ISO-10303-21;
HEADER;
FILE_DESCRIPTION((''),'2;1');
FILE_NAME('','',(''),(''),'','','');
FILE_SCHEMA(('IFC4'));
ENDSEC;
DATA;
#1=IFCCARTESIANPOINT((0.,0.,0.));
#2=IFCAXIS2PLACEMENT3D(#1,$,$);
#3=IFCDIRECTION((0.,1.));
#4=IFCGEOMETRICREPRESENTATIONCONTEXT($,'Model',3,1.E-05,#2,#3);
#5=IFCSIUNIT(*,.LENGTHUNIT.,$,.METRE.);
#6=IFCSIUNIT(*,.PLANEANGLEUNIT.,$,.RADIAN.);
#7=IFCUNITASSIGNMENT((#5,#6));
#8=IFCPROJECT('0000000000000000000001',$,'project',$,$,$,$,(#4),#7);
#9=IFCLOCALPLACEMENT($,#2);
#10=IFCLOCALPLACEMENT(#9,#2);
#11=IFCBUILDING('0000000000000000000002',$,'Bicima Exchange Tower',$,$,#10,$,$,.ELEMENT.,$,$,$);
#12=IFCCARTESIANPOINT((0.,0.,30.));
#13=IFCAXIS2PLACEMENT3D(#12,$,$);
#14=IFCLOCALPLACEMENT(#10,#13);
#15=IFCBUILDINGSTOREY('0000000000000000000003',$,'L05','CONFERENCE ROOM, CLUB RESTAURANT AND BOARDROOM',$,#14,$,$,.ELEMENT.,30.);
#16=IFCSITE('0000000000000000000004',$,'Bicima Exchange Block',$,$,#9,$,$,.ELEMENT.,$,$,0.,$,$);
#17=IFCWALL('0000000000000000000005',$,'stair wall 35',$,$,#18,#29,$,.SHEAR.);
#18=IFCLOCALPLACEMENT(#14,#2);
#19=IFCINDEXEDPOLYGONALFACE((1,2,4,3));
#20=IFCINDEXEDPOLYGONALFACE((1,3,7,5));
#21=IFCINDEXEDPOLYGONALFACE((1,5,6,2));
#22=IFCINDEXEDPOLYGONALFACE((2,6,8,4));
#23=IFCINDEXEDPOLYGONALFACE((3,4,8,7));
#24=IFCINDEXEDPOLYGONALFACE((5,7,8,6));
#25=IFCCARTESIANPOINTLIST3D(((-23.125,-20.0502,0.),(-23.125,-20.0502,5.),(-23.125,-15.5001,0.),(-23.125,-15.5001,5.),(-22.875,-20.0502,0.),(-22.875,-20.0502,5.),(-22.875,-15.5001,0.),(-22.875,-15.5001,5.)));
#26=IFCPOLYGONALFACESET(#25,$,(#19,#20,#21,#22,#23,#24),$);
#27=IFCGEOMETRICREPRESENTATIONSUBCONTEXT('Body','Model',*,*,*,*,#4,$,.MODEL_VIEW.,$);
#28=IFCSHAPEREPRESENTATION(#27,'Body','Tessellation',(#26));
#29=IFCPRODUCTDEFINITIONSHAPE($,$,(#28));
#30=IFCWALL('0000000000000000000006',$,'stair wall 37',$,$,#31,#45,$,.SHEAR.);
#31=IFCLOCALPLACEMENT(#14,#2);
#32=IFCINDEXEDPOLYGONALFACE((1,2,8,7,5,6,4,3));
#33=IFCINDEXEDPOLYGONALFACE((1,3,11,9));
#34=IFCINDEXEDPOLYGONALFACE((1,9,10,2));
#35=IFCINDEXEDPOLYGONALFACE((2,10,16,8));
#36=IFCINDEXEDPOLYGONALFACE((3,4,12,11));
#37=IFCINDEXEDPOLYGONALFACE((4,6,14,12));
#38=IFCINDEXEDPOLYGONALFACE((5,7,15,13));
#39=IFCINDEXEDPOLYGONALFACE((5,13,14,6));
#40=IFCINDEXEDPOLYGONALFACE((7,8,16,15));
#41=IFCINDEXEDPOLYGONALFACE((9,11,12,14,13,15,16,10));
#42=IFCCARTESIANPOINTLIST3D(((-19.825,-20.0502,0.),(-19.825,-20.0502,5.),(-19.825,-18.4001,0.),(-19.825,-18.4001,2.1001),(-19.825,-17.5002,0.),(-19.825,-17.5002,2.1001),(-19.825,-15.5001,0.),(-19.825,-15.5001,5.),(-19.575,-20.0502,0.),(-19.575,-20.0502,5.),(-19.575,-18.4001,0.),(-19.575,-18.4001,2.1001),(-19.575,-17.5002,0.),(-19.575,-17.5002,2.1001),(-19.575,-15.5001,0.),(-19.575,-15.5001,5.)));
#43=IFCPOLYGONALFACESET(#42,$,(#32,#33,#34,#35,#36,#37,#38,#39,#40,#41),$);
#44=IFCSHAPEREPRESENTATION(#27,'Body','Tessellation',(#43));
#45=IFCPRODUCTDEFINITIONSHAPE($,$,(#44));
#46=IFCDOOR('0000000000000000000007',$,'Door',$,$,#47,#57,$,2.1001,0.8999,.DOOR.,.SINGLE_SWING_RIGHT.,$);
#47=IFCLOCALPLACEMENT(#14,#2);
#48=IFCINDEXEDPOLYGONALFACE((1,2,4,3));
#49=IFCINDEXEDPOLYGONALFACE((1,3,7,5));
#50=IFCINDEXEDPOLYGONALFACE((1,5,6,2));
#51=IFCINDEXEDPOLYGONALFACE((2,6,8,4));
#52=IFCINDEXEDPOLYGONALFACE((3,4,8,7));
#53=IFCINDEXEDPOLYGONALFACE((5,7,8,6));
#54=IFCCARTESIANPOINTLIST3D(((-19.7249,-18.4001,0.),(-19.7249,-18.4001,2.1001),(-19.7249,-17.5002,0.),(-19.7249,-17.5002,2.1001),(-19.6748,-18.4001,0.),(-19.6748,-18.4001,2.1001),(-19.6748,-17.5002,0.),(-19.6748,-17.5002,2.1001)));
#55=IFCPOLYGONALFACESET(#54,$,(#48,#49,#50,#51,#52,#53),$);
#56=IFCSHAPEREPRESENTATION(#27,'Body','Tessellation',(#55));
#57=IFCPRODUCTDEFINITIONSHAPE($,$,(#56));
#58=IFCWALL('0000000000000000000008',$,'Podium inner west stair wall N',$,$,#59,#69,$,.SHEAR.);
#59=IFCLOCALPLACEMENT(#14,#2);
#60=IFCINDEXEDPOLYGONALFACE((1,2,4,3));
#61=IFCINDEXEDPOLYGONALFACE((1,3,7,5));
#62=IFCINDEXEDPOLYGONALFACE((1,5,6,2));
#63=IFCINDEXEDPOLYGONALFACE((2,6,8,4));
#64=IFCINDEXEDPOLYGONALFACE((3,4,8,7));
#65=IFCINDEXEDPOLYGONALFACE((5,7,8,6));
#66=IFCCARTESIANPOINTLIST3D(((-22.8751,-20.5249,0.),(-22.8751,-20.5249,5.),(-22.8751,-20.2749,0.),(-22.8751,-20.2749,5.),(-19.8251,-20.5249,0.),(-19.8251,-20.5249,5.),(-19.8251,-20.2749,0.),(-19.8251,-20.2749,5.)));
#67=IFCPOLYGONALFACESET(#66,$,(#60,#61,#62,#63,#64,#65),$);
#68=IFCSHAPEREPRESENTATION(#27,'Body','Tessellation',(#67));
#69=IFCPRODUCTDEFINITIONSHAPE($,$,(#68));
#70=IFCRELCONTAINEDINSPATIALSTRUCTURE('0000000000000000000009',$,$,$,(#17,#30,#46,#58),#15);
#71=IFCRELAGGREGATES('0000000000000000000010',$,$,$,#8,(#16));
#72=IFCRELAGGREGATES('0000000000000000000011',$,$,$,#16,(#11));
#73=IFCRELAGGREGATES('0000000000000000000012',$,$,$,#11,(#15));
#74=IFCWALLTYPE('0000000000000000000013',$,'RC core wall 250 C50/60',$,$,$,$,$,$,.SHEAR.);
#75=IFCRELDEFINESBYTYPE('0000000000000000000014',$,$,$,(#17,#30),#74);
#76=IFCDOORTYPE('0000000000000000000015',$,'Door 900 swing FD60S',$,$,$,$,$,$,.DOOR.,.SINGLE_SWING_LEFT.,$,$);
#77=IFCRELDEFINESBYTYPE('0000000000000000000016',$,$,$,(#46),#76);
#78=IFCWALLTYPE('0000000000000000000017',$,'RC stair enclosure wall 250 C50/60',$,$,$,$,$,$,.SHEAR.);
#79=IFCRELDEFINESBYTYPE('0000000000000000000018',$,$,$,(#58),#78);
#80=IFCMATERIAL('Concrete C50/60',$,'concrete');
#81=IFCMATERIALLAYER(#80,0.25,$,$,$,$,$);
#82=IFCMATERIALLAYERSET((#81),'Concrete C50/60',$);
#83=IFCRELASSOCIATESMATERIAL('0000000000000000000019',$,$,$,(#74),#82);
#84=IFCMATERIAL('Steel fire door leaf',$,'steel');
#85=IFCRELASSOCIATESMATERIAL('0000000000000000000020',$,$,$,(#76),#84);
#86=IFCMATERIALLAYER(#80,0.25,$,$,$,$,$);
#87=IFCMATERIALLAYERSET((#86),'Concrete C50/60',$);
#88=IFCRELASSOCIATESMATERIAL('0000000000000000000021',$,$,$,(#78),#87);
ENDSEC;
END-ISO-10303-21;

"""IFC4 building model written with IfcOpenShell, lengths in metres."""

from ifc_helpers import new_model, si_unit, direction, frame, frame_2d, origin, place, context, subcontext, project, spatial, rectangle, extrude, material, layer, layer_set, type_object, element, fill, save


model = new_model("IFC4")

# Units and contexts
model_context = context("Model", 3, precision=1e-05, world=origin(), true_north=direction((0.0, 1.0)))
body_context = subcontext(model_context, "Body", "Model", "MODEL_VIEW")
ifc_project = project(units=[si_unit("LENGTHUNIT", "METRE"), si_unit("PLANEANGLEUNIT", "RADIAN")], contexts=[model_context])

# Site, building, storey
site_placement = place(None, origin())
site = spatial("IfcSite", under=ifc_project, at=site_placement, Name="Bicima Exchange Block", CompositionType="ELEMENT", RefElevation=0.0)
building_placement = place(site_placement, origin())
building = spatial("IfcBuilding", under=site, at=building_placement, Name="Bicima Exchange Tower", CompositionType="ELEMENT")
storey_placement = place(building_placement, frame((0.0, 0.0, 30.0)))
storey = spatial("IfcBuildingStorey", under=building, at=storey_placement, Name="L05", Description="CONFERENCE ROOM, CLUB RESTAURANT AND BOARDROOM", CompositionType="ELEMENT", Elevation=30.0)

# Shared definitions
ifc_material_1 = material(Name="Steel fire door leaf", Category="steel")

# Wall
ifc_material_2 = material(Name="Concrete C50/60", Category="concrete")
ifc_layer_1 = layer(ifc_material_2, 0.25)
ifc_layer_set_1 = layer_set([ifc_layer_1], Name="Concrete C50/60")
wall_type_1 = type_object("IfcWallType", Name="RC core wall 250 C50/60", PredefinedType="SHEAR", material=ifc_layer_set_1)
wall_1_placement = place(storey_placement, frame((-23.0, -20.05, 0.0), z_axis=(0.0, 0.0, 1.0), x_axis=(0.0, 1.0, 0.0)))
element("IfcWall", 1, at=wall_1_placement, inside=storey, type_object=wall_type_1, Name="stair wall 35", PredefinedType="SHEAR", context=body_context, shape_type="SweptSolid", body=[
    extrude(rectangle(XDim=4.55, YDim=0.25, at=frame_2d((2.2749, 0.0))), origin(), (0.0, 0.0, 1.0), 5.0),
])

# Wall, opening, door
wall_2_placement = place(storey_placement, frame((-19.7, -20.05, 0.0), z_axis=(0.0, 0.0, 1.0), x_axis=(0.0, 1.0, 0.0)))
wall_2 = element("IfcWall", 2, at=wall_2_placement, inside=storey, type_object=wall_type_1, Name="stair wall 37", PredefinedType="SHEAR", context=body_context, shape_type="SweptSolid", body=[
    extrude(rectangle(XDim=4.55, YDim=0.25, at=frame_2d((2.2749, 0.0))), origin(), (0.0, 0.0, 1.0), 5.0),
])
opening_1_placement = place(wall_2_placement, frame((1.6499, 0.0, 0.0)))
opening_1 = element("IfcOpeningElement", 3, at=opening_1_placement, cuts=wall_2, PredefinedType="OPENING", context=body_context, shape_type="SweptSolid", body=[
    extrude(rectangle(XDim=0.8999, YDim=2.1001, at=frame_2d((0.45, 1.05))), frame((0.0, 0.137, 0.0), z_axis=(0.0, -1.0, 0.0), x_axis=(1.0, 0.0, 0.0)), (0.0, 0.0, 1.0), 0.2739),
])
door_type_1 = type_object("IfcDoorType", Name="Door 900 swing FD60S", OperationType="SINGLE_SWING_LEFT", PredefinedType="DOOR", material=ifc_material_1)
door_1_placement = place(opening_1_placement, origin())
door_1 = element("IfcDoor", 4, at=door_1_placement, inside=storey, type_object=door_type_1, Name="Door", OperationType="SINGLE_SWING_RIGHT", OverallHeight=2.1001, OverallWidth=0.8999, PredefinedType="DOOR", context=body_context, shape_type="SweptSolid", body=[
    extrude(rectangle(XDim=0.8999, YDim=2.1001, at=frame_2d((0.45, 1.05))), frame((0.0, 0.0249, 0.0), z_axis=(0.0, -1.0, 0.0), x_axis=(1.0, 0.0, 0.0)), (0.0, 0.0, 1.0), 0.05),
])
fill(opening_1, door_1)

# Wall
ifc_layer_2 = layer(ifc_material_2, 0.25)
ifc_layer_set_2 = layer_set([ifc_layer_2], Name="Concrete C50/60")
wall_type_2 = type_object("IfcWallType", Name="RC stair enclosure wall 250 C50/60", PredefinedType="SHEAR", material=ifc_layer_set_2)
wall_3_placement = place(storey_placement, frame((-22.875, -20.3999, 0.0), z_axis=(0.0, 0.0, 1.0), x_axis=(1.0, 0.0, 0.0)))
element("IfcWall", 5, at=wall_3_placement, inside=storey, type_object=wall_type_2, Name="Podium inner west stair wall N", PredefinedType="SHEAR", context=body_context, shape_type="SweptSolid", body=[
    extrude(rectangle(XDim=3.05, YDim=0.25, at=frame_2d((1.5249, 0.0))), origin(), (0.0, 0.0, 1.0), 5.0),
])

save(model, "model.ifc")
